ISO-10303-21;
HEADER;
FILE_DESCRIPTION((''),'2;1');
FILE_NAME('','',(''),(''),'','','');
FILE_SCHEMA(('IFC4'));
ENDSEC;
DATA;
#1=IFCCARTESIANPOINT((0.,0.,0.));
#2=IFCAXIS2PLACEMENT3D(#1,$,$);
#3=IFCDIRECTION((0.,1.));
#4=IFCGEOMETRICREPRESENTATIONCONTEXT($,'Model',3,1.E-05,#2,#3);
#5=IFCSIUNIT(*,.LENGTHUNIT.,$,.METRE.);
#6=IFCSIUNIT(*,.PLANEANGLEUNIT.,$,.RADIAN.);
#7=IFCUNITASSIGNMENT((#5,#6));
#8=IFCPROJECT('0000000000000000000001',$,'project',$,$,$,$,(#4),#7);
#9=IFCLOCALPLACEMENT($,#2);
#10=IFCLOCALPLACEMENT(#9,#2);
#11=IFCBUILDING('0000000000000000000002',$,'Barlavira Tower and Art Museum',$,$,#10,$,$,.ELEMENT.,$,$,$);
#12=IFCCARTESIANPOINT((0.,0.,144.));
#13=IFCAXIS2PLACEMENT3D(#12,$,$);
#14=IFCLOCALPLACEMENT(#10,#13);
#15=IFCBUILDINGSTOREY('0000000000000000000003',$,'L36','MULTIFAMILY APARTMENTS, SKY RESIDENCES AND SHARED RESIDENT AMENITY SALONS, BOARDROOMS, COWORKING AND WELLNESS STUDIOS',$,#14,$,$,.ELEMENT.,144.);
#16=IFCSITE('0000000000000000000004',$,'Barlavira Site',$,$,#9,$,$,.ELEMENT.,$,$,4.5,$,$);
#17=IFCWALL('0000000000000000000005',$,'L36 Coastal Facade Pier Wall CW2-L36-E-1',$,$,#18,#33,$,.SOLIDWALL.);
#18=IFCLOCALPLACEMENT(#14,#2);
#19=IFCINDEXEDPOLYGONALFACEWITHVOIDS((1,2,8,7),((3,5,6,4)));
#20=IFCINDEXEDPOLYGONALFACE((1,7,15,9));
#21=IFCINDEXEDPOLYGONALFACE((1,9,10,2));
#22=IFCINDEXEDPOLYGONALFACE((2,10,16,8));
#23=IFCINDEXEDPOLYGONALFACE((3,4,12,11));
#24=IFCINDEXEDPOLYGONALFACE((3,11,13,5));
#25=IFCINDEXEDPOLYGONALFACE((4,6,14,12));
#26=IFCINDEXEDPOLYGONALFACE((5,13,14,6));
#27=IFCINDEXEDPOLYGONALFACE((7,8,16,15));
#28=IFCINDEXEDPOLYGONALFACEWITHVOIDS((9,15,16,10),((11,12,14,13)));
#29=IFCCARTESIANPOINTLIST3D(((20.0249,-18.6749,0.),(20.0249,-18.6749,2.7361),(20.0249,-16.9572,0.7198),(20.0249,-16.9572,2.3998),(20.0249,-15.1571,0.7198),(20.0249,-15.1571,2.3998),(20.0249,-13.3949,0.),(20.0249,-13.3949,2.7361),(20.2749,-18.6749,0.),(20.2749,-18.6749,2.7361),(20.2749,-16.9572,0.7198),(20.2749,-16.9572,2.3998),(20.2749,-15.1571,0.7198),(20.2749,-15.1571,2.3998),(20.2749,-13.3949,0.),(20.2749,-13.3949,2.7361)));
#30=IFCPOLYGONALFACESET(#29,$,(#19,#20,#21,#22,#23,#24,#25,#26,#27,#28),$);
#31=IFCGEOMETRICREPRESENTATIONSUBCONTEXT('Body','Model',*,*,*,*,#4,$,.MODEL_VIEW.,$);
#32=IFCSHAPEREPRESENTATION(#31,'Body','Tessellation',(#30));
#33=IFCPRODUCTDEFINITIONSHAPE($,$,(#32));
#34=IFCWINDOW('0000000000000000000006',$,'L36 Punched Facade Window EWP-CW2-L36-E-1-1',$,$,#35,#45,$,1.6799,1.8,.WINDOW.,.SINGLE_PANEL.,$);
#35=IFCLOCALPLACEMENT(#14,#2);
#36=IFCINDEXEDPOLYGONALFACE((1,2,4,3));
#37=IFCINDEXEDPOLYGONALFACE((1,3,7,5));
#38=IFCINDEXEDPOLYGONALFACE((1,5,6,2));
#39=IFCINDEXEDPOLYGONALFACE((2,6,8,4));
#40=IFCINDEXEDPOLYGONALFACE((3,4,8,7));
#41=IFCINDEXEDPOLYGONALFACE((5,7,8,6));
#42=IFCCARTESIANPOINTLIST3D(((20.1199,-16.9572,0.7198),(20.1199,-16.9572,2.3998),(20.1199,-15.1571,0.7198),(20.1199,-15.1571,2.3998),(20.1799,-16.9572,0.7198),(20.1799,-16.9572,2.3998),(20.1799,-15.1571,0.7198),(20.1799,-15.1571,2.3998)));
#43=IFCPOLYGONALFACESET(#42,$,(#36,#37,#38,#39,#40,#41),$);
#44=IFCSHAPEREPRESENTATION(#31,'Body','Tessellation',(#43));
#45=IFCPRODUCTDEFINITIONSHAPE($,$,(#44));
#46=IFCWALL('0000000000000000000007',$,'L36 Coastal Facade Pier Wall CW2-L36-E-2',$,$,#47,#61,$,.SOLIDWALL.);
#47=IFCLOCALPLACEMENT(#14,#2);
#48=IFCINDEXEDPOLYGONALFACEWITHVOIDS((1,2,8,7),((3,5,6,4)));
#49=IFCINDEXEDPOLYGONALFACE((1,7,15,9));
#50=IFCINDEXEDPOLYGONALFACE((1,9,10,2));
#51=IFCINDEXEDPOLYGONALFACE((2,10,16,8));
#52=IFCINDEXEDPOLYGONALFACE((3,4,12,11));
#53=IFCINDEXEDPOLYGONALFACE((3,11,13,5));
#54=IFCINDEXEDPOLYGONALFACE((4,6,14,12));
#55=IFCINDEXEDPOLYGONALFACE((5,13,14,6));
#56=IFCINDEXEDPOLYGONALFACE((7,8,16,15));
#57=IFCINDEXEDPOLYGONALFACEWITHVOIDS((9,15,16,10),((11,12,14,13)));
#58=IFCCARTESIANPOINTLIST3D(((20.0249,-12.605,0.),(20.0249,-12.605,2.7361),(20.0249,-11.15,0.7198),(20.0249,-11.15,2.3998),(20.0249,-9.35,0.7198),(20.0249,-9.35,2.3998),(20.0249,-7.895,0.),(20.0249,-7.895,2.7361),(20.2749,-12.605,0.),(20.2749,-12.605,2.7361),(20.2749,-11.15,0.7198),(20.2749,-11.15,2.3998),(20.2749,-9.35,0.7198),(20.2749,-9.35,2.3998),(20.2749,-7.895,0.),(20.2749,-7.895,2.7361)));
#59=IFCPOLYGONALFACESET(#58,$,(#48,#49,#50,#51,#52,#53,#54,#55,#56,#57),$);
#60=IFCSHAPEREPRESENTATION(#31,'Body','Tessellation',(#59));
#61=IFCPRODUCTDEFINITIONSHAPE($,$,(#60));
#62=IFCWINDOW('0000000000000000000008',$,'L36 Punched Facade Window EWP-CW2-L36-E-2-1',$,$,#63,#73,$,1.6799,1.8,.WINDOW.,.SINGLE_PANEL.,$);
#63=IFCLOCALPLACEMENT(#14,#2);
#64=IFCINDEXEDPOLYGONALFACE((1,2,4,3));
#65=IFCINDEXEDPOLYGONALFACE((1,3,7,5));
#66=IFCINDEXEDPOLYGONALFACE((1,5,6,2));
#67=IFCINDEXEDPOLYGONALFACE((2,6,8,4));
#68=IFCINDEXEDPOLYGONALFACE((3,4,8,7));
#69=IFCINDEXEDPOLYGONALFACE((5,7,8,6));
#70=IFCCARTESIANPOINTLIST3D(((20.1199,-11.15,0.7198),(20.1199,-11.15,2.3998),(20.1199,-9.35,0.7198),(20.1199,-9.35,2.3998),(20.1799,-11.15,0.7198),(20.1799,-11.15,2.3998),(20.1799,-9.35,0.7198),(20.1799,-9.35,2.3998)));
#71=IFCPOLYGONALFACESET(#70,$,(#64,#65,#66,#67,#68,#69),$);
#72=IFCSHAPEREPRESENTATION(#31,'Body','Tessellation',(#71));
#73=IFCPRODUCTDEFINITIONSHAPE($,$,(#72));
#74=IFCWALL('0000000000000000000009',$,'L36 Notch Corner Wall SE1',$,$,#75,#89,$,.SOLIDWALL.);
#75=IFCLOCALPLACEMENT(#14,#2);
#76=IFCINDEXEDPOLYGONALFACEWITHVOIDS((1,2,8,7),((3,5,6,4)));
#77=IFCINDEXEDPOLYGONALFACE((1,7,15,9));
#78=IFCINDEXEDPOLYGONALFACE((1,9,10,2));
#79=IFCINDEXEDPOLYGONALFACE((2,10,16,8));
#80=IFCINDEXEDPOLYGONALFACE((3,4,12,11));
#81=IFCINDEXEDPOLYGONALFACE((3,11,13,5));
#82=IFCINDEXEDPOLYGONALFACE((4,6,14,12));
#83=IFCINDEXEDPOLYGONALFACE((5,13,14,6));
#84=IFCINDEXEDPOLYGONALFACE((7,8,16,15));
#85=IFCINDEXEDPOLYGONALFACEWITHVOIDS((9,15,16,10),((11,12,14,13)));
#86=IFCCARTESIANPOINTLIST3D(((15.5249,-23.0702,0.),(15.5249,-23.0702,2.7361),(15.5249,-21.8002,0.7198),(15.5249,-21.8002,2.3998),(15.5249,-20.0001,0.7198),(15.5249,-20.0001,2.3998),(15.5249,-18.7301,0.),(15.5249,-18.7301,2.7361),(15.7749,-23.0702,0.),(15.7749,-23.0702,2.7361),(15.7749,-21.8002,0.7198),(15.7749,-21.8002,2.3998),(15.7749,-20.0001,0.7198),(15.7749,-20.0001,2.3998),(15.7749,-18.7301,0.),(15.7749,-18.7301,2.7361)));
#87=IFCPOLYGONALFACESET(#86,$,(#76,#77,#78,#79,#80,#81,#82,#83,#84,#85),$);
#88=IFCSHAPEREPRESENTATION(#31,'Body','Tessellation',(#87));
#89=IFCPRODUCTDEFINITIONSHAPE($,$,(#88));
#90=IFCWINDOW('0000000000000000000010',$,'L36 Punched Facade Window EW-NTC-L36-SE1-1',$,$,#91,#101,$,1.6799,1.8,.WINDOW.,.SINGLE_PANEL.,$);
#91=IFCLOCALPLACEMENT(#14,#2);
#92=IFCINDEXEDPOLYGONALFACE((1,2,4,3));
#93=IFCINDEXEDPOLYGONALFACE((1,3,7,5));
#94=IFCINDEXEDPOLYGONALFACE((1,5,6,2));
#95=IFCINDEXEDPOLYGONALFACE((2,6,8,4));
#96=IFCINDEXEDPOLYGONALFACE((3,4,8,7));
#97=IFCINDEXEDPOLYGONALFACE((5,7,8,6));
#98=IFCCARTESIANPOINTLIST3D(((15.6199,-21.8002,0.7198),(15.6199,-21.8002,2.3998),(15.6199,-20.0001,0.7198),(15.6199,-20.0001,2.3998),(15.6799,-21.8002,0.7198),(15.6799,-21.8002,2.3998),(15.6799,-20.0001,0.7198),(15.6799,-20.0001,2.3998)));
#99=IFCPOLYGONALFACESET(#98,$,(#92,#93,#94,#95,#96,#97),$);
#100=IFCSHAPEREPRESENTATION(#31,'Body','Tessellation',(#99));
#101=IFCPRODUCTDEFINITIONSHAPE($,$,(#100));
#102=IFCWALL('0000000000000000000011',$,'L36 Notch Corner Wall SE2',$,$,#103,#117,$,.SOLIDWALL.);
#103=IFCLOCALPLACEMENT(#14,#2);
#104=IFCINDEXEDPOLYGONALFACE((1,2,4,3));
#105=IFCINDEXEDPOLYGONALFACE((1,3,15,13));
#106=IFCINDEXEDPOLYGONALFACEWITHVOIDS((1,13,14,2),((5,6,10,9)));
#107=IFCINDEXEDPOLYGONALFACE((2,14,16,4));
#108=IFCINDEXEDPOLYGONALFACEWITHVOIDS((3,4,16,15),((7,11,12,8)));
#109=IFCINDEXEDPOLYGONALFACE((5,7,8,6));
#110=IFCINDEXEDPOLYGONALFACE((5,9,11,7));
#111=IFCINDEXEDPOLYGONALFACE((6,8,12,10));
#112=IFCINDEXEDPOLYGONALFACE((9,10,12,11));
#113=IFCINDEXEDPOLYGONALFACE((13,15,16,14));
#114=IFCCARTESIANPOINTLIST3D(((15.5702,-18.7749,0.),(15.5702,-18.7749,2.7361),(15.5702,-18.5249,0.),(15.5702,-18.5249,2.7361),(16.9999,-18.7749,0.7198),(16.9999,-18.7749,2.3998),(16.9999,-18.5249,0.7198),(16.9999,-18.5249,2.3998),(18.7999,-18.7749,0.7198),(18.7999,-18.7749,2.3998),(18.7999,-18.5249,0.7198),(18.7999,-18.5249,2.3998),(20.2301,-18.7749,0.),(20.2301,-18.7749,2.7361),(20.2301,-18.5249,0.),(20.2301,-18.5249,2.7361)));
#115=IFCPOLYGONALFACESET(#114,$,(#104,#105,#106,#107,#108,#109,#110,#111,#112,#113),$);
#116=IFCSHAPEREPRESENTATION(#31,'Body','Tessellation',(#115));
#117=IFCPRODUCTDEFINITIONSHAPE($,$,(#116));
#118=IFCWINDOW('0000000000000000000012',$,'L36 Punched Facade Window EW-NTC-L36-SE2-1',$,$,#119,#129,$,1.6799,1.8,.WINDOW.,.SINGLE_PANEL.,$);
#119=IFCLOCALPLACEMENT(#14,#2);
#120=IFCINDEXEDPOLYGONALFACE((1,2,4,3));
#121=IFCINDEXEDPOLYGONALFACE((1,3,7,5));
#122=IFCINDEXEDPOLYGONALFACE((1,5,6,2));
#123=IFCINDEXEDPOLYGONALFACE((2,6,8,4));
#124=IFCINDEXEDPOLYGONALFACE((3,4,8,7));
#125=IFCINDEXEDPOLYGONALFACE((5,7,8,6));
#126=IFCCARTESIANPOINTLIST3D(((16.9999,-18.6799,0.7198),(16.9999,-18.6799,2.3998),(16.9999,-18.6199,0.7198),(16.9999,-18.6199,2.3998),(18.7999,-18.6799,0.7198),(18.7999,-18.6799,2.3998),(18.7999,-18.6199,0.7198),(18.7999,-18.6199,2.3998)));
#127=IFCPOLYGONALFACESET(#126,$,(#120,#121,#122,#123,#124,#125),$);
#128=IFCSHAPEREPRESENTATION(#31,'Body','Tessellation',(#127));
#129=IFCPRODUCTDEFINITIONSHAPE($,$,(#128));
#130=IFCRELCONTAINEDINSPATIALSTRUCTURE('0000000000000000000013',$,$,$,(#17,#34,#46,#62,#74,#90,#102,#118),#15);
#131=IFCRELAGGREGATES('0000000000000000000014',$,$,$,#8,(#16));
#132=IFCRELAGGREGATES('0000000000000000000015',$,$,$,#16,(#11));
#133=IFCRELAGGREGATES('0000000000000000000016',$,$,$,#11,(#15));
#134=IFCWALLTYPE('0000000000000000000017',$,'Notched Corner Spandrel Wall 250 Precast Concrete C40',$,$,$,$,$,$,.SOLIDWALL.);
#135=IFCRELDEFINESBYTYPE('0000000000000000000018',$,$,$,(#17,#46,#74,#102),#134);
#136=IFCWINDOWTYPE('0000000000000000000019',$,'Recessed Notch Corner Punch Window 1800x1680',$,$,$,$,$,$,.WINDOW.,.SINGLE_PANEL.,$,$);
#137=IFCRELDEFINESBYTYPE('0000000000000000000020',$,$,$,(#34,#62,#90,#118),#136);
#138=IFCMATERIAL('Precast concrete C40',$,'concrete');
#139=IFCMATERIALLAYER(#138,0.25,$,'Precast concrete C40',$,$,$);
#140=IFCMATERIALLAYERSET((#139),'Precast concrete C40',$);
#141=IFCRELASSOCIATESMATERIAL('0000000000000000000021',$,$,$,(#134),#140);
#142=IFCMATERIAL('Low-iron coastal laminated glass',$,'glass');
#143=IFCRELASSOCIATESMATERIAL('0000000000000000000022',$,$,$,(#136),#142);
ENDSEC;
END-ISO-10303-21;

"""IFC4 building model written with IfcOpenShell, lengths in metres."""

from ifc_helpers import new_model, si_unit, direction, frame, frame_2d, origin, place, context, subcontext, project, spatial, rectangle, extrude, material, layer, layer_set, type_object, element, fill, save


model = new_model("IFC4")

# Units and contexts
model_context = context("Model", 3, precision=1e-05, world=origin(), true_north=direction((0.0, 1.0)))
body_context = subcontext(model_context, "Body", "Model", "MODEL_VIEW")
ifc_project = project(units=[si_unit("LENGTHUNIT", "METRE"), si_unit("PLANEANGLEUNIT", "RADIAN")], contexts=[model_context])

# Site, building, storey
site_placement = place(None, origin())
site = spatial("IfcSite", under=ifc_project, at=site_placement, Name="Barlavira Site", CompositionType="ELEMENT", RefElevation=4.5)
building_placement = place(site_placement, origin())
building = spatial("IfcBuilding", under=site, at=building_placement, Name="Barlavira Tower and Art Museum", CompositionType="ELEMENT")
storey_placement = place(building_placement, frame((0.0, 0.0, 144.0)))
storey = spatial("IfcBuildingStorey", under=building, at=storey_placement, Name="L36", Description="MULTIFAMILY APARTMENTS, SKY RESIDENCES AND SHARED RESIDENT AMENITY SALONS, BOARDROOMS, COWORKING AND WELLNESS STUDIOS", CompositionType="ELEMENT", Elevation=144.0)

# Walls, openings, windows
ifc_material_1 = material(Name="Precast concrete C40", Category="concrete")
ifc_layer_1 = layer(ifc_material_1, 0.25, Name="Precast concrete C40")
ifc_layer_set_1 = layer_set([ifc_layer_1], Name="Precast concrete C40")
wall_type_1 = type_object("IfcWallType", Name="Notched Corner Spandrel Wall 250 Precast Concrete C40", PredefinedType="SOLIDWALL", material=ifc_layer_set_1)
ifc_material_2 = material(Name="Low-iron coastal laminated glass", Category="glass")
window_type = type_object("IfcWindowType", Name="Recessed Notch Corner Punch Window 1800x1680", PartitioningType="SINGLE_PANEL", PredefinedType="WINDOW", material=ifc_material_2)
wall_1_placement = place(storey_placement, frame((20.1499, -18.675, 0.0), z_axis=(0.0, 0.0, 1.0), x_axis=(0.0, 1.0, 0.0)))
wall_1 = element("IfcWall", 1, at=wall_1_placement, inside=storey, type_object=wall_type_1, Name="L36 Coastal Facade Pier Wall CW2-L36-E-1", PredefinedType="SOLIDWALL", context=body_context, shape_type="SweptSolid", body=[
    extrude(rectangle(XDim=5.28, YDim=0.25, at=frame_2d((2.6401, 0.0))), origin(), (0.0, 0.0, 1.0), 2.7361),
])
opening_1_placement = place(wall_1_placement, frame((1.718, 0.0, 0.72)))
opening_1 = element("IfcOpeningElement", 2, at=opening_1_placement, cuts=wall_1, PredefinedType="OPENING", context=body_context, shape_type="SweptSolid", body=[
    extrude(rectangle(XDim=1.8, YDim=1.6799, at=frame_2d((0.8999, 0.8398))), frame((0.0, 0.135, 0.0), z_axis=(0.0, -1.0, 0.0), x_axis=(1.0, 0.0, 0.0)), (0.0, 0.0, 1.0), 0.27),
])
window_1_placement = place(opening_1_placement, origin())
window_1 = element("IfcWindow", 3, at=window_1_placement, inside=storey, type_object=window_type, Name="L36 Punched Facade Window EWP-CW2-L36-E-1-1", OverallHeight=1.6799, OverallWidth=1.8, PartitioningType="SINGLE_PANEL", PredefinedType="WINDOW", context=body_context, shape_type="SweptSolid", body=[
    extrude(rectangle(XDim=1.8, YDim=1.6799, at=frame_2d((0.8999, 0.8398))), frame((0.0, 0.03, 0.0), z_axis=(0.0, -1.0, 0.0), x_axis=(1.0, 0.0, 0.0)), (0.0, 0.0, 1.0), 0.0601),
])
fill(opening_1, window_1)
wall_2_placement = place(storey_placement, frame((20.1499, -12.605, 0.0), z_axis=(0.0, 0.0, 1.0), x_axis=(0.0, 1.0, 0.0)))
wall_2 = element("IfcWall", 4, at=wall_2_placement, inside=storey, type_object=wall_type_1, Name="L36 Coastal Facade Pier Wall CW2-L36-E-2", PredefinedType="SOLIDWALL", context=body_context, shape_type="SweptSolid", body=[
    extrude(rectangle(XDim=4.71, YDim=0.25, at=frame_2d((2.355, 0.0))), origin(), (0.0, 0.0, 1.0), 2.7361),
])
opening_2_placement = place(wall_2_placement, frame((1.4551, 0.0, 0.72)))
opening_2 = element("IfcOpeningElement", 5, at=opening_2_placement, cuts=wall_2, PredefinedType="OPENING", context=body_context, shape_type="SweptSolid", body=[
    extrude(rectangle(XDim=1.8, YDim=1.6799, at=frame_2d((0.8999, 0.8398))), frame((0.0, 0.135, 0.0), z_axis=(0.0, -1.0, 0.0), x_axis=(1.0, 0.0, 0.0)), (0.0, 0.0, 1.0), 0.27),
])
window_2_placement = place(opening_2_placement, origin())
window_2 = element("IfcWindow", 6, at=window_2_placement, inside=storey, type_object=window_type, Name="L36 Punched Facade Window EWP-CW2-L36-E-2-1", OverallHeight=1.6799, OverallWidth=1.8, PartitioningType="SINGLE_PANEL", PredefinedType="WINDOW", context=body_context, shape_type="SweptSolid", body=[
    extrude(rectangle(XDim=1.8, YDim=1.6799, at=frame_2d((0.8999, 0.8398))), frame((0.0, 0.03, 0.0), z_axis=(0.0, -1.0, 0.0), x_axis=(1.0, 0.0, 0.0)), (0.0, 0.0, 1.0), 0.0601),
])
fill(opening_2, window_2)
wall_3_placement = place(storey_placement, frame((15.6499, -23.0701, 0.0), z_axis=(0.0, 0.0, 1.0), x_axis=(0.0, 1.0, 0.0)))
wall_3 = element("IfcWall", 7, at=wall_3_placement, inside=storey, type_object=wall_type_1, Name="L36 Notch Corner Wall SE1", PredefinedType="SOLIDWALL", context=body_context, shape_type="SweptSolid", body=[
    extrude(rectangle(XDim=4.3401, YDim=0.25, at=frame_2d((2.1699, 0.0))), origin(), (0.0, 0.0, 1.0), 2.7361),
])
opening_3_placement = place(wall_3_placement, frame((1.27, 0.0, 0.72)))
opening_3 = element("IfcOpeningElement", 8, at=opening_3_placement, cuts=wall_3, PredefinedType="OPENING", context=body_context, shape_type="SweptSolid", body=[
    extrude(rectangle(XDim=1.8, YDim=1.6799, at=frame_2d((0.8999, 0.8398))), frame((0.0, 0.135, 0.0), z_axis=(0.0, -1.0, 0.0), x_axis=(1.0, 0.0, 0.0)), (0.0, 0.0, 1.0), 0.27),
])
window_3_placement = place(opening_3_placement, origin())
window_3 = element("IfcWindow", 9, at=window_3_placement, inside=storey, type_object=window_type, Name="L36 Punched Facade Window EW-NTC-L36-SE1-1", OverallHeight=1.6799, OverallWidth=1.8, PartitioningType="SINGLE_PANEL", PredefinedType="WINDOW", context=body_context, shape_type="SweptSolid", body=[
    extrude(rectangle(XDim=1.8, YDim=1.6799, at=frame_2d((0.8999, 0.8398))), frame((0.0, 0.03, 0.0), z_axis=(0.0, -1.0, 0.0), x_axis=(1.0, 0.0, 0.0)), (0.0, 0.0, 1.0), 0.0601),
])
fill(opening_3, window_3)
wall_4_placement = place(storey_placement, frame((15.5701, -18.6499, 0.0), z_axis=(0.0, 0.0, 1.0), x_axis=(1.0, 0.0, 0.0)))
wall_4 = element("IfcWall", 10, at=wall_4_placement, inside=storey, type_object=wall_type_1, Name="L36 Notch Corner Wall SE2", PredefinedType="SOLIDWALL", context=body_context, shape_type="SweptSolid", body=[
    extrude(rectangle(XDim=4.6599, YDim=0.25, at=frame_2d((2.3301, 0.0))), origin(), (0.0, 0.0, 1.0), 2.7361),
])
opening_4_placement = place(wall_4_placement, frame((1.4299, 0.0, 0.72)))
opening_4 = element("IfcOpeningElement", 11, at=opening_4_placement, cuts=wall_4, PredefinedType="OPENING", context=body_context, shape_type="SweptSolid", body=[
    extrude(rectangle(XDim=1.8, YDim=1.6799, at=frame_2d((0.8999, 0.8398))), frame((0.0, 0.135, 0.0), z_axis=(0.0, -1.0, 0.0), x_axis=(1.0, 0.0, 0.0)), (0.0, 0.0, 1.0), 0.27),
])
window_4_placement = place(opening_4_placement, origin())
window_4 = element("IfcWindow", 12, at=window_4_placement, inside=storey, type_object=window_type, Name="L36 Punched Facade Window EW-NTC-L36-SE2-1", OverallHeight=1.6799, OverallWidth=1.8, PartitioningType="SINGLE_PANEL", PredefinedType="WINDOW", context=body_context, shape_type="SweptSolid", body=[
    extrude(rectangle(XDim=1.8, YDim=1.6799, at=frame_2d((0.8999, 0.8398))), frame((0.0, 0.03, 0.0), z_axis=(0.0, -1.0, 0.0), x_axis=(1.0, 0.0, 0.0)), (0.0, 0.0, 1.0), 0.0601),
])
fill(opening_4, window_4)

save(model, "model.ifc")
